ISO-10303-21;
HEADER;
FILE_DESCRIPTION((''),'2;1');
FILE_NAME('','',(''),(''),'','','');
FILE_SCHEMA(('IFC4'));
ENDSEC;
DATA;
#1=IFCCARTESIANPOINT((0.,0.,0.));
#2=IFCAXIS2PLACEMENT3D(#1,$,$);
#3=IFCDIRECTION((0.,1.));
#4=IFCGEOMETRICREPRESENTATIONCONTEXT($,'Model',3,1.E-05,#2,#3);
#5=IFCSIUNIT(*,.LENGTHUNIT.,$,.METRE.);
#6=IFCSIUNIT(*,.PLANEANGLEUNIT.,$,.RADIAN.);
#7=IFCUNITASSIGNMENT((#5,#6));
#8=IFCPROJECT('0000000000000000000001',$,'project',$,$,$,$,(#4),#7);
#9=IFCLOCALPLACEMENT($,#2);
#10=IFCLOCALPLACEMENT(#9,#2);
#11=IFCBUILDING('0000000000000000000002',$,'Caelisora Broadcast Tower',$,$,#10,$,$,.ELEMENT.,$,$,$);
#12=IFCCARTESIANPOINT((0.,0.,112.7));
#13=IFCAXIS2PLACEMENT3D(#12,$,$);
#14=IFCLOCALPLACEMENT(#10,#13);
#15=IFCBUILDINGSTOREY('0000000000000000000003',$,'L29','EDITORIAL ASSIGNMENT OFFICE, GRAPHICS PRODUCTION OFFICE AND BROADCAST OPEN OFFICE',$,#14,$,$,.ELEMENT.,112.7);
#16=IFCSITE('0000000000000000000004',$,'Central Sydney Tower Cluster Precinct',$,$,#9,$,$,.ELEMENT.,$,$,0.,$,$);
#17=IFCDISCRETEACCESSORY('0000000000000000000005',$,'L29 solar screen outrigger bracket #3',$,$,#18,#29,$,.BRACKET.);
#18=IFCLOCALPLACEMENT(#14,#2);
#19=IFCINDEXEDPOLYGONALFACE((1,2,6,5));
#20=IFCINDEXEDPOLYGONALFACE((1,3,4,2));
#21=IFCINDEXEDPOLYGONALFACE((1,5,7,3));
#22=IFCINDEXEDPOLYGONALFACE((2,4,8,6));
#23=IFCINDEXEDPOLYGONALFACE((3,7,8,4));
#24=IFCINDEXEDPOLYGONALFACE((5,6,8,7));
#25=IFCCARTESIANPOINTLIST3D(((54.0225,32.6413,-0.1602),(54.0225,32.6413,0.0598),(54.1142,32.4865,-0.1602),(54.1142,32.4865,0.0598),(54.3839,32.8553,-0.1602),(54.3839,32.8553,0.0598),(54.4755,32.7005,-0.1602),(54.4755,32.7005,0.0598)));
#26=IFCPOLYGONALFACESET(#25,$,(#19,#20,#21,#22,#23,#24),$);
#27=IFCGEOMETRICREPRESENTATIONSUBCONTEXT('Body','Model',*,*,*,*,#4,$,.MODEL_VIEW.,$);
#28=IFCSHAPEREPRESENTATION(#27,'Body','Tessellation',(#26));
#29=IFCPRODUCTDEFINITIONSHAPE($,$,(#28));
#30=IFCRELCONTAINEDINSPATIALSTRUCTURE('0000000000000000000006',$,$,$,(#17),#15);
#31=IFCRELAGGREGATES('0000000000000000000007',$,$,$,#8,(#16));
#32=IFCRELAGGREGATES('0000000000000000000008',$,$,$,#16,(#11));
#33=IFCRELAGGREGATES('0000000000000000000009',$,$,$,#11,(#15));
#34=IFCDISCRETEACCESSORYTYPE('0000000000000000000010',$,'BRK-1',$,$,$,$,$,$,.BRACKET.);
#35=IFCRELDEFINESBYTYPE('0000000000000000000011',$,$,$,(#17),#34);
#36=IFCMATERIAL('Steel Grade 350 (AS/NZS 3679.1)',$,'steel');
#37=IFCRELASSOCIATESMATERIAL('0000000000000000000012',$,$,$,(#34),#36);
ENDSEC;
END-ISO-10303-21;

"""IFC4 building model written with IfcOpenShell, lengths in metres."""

from ifc_helpers import new_model, si_unit, direction, frame, origin, origin_2d, place, context, subcontext, project, spatial, rectangle, extrude, source, transform, mapped, material, type_object, type_shapes, element, save


model = new_model("IFC4")

# Units and contexts
model_context = context("Model", 3, precision=1e-05, world=origin(), true_north=direction((0.0, 1.0)))
body_context = subcontext(model_context, "Body", "Model", "MODEL_VIEW")
ifc_project = project(units=[si_unit("LENGTHUNIT", "METRE"), si_unit("PLANEANGLEUNIT", "RADIAN")], contexts=[model_context])

# Site, building, storey
site_placement = place(None, origin())
site = spatial("IfcSite", under=ifc_project, at=site_placement, Name="Central Sydney Tower Cluster Precinct", CompositionType="ELEMENT", RefElevation=0.0)
building_placement = place(site_placement, origin())
building = spatial("IfcBuilding", under=site, at=building_placement, Name="Caelisora Broadcast Tower", CompositionType="ELEMENT")
storey_placement = place(building_placement, frame((0.0, 0.0, 112.7)))
storey = spatial("IfcBuildingStorey", under=building, at=storey_placement, Name="L29", Description="EDITORIAL ASSIGNMENT OFFICE, GRAPHICS PRODUCTION OFFICE AND BROADCAST OPEN OFFICE", CompositionType="ELEMENT", Elevation=112.7)

# Shared definitions
ifc_material_1 = material(Name="Steel Grade 350 (AS/NZS 3679.1)", Category="steel")

# Discrete accessory
discrete_accessory_type = type_object("IfcDiscreteAccessoryType", Name="BRK-1", PredefinedType="BRACKET", material=ifc_material_1)
shared_shape_1 = source(origin(), body_context, "Body", "SweptSolid", [
    extrude(rectangle(XDim=0.1799, YDim=0.4199, at=origin_2d()), origin(), (0.0, 0.0, 1.0), 0.22),
])
type_shapes(discrete_accessory_type, [shared_shape_1])
discrete_accessory_placement = place(storey_placement, frame((54.249, 32.6709, -0.1602), z_axis=(0.0, 0.0, 1.0), x_axis=(-0.509492, 0.860475, 0.0)))
element("IfcDiscreteAccessory", 1, at=discrete_accessory_placement, inside=storey, type_object=discrete_accessory_type, Name="L29 solar screen outrigger bracket #3", PredefinedType="BRACKET", context=body_context, shape_type="MappedRepresentation", body=[
    mapped(shared_shape_1, transform((0.0, 0.0, 0.0), scale=1.0)),
])

save(model, "model.ifc")
